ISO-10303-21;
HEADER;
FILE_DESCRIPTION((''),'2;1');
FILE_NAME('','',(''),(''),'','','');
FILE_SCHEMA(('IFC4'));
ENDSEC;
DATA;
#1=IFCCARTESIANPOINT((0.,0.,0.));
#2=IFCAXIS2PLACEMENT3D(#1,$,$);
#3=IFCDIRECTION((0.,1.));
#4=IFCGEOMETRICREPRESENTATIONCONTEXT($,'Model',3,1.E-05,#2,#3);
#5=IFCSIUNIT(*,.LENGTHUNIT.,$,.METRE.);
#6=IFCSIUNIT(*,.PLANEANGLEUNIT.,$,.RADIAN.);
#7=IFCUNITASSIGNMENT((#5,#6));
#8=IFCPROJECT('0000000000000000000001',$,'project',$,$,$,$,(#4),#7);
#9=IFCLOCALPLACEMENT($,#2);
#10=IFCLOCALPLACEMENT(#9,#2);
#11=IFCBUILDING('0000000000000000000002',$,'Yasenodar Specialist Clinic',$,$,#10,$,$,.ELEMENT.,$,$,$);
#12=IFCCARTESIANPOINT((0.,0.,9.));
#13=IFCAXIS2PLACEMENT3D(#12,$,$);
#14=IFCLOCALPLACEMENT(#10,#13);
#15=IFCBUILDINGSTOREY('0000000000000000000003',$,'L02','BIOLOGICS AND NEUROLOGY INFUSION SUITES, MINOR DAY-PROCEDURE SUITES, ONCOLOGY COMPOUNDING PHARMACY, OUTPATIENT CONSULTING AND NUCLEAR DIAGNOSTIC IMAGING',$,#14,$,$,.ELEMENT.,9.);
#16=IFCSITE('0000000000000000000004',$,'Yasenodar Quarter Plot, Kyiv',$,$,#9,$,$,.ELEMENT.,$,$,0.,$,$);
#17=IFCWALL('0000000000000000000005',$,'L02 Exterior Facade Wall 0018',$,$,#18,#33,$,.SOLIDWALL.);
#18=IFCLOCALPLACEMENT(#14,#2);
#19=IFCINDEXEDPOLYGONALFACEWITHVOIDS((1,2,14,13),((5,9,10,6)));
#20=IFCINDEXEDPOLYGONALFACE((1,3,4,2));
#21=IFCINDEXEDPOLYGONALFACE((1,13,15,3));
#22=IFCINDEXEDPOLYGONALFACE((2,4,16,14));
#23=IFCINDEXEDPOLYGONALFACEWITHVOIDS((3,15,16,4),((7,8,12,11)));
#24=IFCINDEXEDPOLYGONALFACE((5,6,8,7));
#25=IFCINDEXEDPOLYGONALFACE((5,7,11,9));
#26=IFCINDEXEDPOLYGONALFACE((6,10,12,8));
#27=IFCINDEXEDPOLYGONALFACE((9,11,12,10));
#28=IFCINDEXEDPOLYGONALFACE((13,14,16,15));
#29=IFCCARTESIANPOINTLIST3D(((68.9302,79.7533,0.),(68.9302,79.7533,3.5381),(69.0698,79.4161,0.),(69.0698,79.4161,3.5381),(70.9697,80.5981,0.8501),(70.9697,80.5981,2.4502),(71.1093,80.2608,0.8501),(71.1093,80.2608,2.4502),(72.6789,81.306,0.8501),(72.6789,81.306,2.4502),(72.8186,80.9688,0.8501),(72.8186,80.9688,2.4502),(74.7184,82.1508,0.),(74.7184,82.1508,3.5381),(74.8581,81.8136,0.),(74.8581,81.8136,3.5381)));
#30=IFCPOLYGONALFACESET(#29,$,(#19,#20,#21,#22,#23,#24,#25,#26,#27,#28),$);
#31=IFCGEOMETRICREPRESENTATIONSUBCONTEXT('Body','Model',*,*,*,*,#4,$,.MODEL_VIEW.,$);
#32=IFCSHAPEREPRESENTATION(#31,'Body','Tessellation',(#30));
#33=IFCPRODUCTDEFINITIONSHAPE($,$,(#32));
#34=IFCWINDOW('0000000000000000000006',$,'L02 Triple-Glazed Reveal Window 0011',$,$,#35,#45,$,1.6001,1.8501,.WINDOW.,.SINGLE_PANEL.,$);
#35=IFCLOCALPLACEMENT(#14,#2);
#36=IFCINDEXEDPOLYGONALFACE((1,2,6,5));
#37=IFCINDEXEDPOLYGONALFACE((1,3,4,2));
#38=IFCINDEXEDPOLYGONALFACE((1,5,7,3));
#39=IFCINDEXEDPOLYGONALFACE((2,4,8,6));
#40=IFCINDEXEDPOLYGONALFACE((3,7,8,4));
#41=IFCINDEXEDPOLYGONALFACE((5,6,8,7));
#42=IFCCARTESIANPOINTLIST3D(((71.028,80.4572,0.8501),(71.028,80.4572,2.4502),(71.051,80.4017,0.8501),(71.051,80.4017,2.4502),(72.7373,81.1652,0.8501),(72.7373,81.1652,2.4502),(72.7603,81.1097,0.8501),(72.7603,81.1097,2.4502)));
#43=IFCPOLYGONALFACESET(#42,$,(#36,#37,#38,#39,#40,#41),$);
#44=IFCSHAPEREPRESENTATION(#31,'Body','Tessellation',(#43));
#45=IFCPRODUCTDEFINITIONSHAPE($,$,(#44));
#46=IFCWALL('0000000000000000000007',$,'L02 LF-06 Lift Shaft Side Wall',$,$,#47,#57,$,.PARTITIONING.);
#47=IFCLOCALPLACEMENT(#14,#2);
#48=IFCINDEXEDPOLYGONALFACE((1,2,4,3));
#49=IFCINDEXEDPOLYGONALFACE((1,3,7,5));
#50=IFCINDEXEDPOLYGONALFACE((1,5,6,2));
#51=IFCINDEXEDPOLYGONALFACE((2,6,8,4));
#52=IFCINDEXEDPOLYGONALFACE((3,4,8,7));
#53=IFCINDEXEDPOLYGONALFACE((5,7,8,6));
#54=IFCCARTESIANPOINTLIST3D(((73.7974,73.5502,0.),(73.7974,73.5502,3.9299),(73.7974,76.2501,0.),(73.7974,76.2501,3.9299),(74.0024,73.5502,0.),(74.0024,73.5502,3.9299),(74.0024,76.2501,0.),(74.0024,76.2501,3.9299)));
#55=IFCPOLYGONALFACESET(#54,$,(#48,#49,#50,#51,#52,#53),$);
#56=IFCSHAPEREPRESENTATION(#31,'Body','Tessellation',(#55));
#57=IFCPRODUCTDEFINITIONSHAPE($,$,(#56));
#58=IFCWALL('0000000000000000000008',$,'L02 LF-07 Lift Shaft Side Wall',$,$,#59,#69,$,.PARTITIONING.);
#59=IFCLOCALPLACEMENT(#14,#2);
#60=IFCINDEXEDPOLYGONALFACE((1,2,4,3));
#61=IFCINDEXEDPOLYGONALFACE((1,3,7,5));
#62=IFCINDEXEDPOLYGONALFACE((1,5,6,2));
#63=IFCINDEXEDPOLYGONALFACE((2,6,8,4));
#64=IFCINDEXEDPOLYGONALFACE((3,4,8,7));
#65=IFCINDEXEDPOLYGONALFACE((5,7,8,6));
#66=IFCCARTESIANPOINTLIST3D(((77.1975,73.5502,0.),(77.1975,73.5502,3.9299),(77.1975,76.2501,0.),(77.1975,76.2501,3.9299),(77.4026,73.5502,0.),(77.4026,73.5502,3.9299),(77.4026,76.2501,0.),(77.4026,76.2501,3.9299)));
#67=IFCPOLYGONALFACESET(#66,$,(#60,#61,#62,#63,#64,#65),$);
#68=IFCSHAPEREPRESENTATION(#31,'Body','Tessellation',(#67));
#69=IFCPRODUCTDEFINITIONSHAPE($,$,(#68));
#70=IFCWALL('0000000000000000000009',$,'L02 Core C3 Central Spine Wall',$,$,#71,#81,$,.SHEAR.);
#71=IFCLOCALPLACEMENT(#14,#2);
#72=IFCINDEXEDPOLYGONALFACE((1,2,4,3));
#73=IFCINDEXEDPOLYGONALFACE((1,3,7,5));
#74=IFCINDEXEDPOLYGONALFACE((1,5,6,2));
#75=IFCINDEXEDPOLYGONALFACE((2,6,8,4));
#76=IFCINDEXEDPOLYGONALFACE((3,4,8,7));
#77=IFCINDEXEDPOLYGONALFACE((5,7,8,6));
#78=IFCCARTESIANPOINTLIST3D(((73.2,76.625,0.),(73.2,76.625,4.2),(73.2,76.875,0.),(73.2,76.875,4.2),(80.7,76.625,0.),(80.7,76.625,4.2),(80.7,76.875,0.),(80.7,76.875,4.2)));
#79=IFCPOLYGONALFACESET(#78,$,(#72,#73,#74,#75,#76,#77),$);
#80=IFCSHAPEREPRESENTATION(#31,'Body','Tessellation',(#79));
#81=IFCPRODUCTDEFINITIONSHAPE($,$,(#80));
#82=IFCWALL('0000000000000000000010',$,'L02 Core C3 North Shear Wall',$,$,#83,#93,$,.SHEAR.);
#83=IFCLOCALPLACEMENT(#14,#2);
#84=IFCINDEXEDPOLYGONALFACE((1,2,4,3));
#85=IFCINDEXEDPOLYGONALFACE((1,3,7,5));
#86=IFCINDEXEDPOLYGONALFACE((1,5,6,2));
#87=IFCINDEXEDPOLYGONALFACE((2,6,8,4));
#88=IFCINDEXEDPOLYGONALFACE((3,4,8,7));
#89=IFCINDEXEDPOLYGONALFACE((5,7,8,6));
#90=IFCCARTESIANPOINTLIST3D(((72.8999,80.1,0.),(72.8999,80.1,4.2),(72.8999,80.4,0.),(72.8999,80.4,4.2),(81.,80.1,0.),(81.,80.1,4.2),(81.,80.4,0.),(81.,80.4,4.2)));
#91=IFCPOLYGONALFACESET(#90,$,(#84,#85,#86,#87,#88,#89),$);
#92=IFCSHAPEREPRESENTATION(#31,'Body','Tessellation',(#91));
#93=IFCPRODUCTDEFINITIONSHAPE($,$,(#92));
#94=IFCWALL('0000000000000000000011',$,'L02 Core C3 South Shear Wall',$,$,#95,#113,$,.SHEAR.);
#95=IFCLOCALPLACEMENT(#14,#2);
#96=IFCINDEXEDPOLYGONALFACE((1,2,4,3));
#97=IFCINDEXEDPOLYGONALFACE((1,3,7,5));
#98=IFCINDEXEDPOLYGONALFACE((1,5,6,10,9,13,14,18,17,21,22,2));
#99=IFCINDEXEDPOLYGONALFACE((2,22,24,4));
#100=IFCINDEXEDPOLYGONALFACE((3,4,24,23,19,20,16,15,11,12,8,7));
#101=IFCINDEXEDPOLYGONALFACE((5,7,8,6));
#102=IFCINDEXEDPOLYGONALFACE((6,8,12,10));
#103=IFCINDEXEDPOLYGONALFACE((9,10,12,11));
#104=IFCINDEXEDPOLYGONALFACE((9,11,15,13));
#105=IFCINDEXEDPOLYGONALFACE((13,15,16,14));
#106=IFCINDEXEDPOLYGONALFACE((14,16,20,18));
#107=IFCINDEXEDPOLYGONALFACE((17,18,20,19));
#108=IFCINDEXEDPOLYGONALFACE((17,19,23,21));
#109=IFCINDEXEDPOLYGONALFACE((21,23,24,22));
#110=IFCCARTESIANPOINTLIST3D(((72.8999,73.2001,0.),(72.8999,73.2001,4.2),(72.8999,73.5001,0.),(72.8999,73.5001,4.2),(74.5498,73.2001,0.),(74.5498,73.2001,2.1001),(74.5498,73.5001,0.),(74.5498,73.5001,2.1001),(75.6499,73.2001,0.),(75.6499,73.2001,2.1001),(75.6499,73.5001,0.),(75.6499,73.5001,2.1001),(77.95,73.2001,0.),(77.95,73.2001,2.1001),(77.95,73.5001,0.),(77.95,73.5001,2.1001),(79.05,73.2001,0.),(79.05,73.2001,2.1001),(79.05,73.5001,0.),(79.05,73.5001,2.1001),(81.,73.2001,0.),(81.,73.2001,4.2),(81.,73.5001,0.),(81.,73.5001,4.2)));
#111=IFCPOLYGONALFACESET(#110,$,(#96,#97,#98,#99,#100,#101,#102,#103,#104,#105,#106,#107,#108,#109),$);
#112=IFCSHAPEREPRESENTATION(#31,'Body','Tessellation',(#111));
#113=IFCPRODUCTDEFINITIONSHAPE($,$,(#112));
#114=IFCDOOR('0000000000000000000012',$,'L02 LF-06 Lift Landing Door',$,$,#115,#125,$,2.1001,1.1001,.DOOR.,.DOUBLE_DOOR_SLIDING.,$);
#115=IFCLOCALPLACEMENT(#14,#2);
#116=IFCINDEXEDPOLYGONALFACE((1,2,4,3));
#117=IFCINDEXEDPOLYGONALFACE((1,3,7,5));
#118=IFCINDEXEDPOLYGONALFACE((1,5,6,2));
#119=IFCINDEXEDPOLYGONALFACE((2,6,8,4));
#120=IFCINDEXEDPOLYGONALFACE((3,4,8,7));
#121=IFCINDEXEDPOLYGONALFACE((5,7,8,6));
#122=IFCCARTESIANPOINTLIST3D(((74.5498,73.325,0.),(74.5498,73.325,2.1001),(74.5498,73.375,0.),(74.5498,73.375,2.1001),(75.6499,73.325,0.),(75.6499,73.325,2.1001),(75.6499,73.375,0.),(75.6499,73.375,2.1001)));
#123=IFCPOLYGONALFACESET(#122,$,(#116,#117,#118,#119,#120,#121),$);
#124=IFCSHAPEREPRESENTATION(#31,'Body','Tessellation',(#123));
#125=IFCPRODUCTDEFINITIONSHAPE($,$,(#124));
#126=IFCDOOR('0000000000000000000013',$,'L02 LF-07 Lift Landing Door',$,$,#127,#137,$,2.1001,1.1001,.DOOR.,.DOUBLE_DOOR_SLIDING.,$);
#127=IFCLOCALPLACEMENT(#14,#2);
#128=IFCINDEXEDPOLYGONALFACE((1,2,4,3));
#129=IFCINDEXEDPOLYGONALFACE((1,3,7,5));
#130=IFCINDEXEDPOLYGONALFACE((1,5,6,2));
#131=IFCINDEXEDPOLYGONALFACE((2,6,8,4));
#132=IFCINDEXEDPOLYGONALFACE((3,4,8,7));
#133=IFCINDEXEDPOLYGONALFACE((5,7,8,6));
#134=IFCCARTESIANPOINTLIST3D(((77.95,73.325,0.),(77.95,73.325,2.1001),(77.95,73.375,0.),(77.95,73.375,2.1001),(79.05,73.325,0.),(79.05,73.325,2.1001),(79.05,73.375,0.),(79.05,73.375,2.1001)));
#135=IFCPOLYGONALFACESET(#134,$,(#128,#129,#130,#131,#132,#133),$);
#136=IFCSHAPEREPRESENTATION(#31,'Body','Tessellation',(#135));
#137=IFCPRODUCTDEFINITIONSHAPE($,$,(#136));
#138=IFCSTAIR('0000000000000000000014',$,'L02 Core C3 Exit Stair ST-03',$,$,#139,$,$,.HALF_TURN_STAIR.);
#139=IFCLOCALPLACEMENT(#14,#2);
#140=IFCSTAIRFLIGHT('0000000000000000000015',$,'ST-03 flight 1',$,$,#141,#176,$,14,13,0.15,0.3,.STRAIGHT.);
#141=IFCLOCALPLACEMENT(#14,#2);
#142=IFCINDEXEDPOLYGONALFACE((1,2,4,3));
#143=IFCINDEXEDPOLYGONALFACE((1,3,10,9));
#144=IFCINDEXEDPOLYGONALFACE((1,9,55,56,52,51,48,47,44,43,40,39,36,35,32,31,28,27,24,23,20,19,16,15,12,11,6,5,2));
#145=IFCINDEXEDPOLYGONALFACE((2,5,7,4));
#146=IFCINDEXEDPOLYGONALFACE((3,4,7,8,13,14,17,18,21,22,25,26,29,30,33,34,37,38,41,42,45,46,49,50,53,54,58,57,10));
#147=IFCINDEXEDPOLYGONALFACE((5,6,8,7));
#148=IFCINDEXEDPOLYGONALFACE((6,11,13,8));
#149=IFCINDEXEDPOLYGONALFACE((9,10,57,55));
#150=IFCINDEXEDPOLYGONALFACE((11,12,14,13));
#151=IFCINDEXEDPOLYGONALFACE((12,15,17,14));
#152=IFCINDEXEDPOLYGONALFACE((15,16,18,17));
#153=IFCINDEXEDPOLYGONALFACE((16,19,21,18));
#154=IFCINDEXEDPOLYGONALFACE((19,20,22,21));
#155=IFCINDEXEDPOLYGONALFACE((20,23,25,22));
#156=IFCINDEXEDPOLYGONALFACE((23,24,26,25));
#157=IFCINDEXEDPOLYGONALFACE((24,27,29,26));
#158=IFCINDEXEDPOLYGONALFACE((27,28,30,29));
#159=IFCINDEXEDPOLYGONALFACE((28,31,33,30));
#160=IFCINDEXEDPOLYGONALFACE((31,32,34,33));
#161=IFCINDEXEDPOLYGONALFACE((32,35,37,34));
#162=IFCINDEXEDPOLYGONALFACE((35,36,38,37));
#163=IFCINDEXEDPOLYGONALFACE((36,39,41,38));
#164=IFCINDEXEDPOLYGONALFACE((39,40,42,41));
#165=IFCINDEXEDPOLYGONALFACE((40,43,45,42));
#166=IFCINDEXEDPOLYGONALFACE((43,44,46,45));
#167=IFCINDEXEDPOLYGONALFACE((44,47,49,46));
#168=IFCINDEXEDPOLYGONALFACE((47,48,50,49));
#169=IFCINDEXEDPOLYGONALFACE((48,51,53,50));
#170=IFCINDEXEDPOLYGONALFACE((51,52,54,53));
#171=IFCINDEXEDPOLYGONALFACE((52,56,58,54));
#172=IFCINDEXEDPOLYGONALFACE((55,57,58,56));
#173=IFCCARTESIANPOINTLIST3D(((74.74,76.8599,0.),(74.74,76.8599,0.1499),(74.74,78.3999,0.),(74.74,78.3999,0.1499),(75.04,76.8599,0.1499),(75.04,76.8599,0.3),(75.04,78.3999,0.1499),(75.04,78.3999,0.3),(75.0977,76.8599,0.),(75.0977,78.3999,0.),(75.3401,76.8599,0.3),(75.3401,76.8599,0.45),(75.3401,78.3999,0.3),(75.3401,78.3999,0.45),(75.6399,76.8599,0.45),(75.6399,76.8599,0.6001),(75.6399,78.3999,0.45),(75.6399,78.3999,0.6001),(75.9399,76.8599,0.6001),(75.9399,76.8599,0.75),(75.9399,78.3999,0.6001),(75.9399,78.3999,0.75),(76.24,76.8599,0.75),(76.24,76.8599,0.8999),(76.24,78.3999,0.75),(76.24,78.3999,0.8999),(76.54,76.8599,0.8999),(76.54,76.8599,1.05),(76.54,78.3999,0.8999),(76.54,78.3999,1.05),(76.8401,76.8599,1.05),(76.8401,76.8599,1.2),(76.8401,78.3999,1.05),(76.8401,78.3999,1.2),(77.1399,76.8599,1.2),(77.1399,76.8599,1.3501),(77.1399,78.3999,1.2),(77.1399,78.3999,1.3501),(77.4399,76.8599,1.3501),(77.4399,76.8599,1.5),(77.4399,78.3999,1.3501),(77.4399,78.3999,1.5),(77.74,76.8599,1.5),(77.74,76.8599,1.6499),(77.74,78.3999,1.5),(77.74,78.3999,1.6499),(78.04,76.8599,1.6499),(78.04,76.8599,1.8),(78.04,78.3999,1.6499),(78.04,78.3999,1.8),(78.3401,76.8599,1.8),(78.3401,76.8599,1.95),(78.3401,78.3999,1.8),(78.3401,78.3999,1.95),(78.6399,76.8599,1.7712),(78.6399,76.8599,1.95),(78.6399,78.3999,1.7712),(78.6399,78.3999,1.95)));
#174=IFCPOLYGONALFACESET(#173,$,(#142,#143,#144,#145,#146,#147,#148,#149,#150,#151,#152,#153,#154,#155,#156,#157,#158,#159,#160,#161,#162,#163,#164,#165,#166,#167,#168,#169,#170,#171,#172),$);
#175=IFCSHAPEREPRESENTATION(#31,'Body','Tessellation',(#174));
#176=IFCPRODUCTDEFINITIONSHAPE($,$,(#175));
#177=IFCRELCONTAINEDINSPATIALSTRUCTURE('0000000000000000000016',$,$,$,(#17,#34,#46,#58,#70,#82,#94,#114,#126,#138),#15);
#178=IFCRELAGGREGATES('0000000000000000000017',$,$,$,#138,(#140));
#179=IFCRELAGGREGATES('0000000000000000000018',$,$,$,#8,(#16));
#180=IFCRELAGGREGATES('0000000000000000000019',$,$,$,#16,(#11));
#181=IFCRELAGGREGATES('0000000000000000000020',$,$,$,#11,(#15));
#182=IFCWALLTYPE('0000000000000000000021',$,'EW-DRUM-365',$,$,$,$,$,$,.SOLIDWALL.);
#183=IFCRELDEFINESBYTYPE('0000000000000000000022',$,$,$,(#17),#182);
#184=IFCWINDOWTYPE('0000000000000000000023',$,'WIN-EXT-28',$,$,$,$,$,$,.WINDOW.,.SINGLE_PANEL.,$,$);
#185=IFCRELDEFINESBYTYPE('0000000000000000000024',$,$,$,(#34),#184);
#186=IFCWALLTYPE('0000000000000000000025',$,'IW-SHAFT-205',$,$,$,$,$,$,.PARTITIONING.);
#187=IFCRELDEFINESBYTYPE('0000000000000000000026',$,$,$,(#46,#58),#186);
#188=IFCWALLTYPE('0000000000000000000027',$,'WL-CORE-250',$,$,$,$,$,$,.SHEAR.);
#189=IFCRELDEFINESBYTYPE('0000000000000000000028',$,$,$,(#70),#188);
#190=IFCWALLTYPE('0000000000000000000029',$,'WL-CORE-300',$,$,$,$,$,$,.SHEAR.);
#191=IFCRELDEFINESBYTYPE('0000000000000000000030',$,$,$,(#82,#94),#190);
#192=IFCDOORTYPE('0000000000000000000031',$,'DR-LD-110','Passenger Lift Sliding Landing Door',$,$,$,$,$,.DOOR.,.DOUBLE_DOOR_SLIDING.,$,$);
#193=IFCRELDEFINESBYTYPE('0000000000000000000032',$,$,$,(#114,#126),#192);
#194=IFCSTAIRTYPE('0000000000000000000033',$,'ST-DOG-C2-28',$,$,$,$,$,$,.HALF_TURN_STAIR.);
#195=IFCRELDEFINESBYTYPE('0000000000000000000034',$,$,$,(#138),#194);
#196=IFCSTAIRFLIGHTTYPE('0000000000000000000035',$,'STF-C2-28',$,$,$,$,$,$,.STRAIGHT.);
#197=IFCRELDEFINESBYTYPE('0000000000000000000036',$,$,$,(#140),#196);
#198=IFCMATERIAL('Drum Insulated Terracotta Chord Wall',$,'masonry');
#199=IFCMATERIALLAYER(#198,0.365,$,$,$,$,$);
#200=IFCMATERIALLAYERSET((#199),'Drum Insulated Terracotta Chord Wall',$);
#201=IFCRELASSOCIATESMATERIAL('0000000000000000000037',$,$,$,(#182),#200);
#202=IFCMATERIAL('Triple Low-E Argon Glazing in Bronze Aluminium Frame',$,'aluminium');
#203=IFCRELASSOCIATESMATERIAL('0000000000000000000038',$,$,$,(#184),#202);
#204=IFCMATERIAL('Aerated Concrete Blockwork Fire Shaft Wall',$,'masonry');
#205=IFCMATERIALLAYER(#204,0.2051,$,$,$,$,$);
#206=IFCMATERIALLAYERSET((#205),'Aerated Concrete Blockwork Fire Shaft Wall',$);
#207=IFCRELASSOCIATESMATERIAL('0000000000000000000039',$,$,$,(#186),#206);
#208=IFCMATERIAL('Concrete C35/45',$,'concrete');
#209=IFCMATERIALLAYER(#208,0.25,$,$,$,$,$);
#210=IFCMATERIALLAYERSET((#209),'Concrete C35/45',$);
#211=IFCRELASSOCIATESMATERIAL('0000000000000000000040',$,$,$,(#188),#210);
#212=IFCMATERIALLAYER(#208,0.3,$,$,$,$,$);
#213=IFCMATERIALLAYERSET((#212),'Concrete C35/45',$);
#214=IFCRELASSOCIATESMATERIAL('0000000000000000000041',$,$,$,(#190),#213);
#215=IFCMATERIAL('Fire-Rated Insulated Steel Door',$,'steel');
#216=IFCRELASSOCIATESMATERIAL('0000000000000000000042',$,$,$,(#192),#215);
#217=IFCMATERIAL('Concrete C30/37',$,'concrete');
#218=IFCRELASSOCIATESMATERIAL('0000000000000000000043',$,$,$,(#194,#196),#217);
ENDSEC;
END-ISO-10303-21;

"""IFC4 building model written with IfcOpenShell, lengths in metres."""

from ifc_helpers import new_model, si_unit, direction, frame, frame_2d, origin, place, context, subcontext, project, spatial, polyline, rectangle, outline, extrude, material, layer, layer_set, type_object, element, fill, aggregate, save


model = new_model("IFC4")

# Units and contexts
model_context = context("Model", 3, precision=1e-05, world=origin(), true_north=direction((0.0, 1.0)))
body_context = subcontext(model_context, "Body", "Model", "MODEL_VIEW")
ifc_project = project(units=[si_unit("LENGTHUNIT", "METRE"), si_unit("PLANEANGLEUNIT", "RADIAN")], contexts=[model_context])

# Site, building, storey
site_placement = place(None, origin())
site = spatial("IfcSite", under=ifc_project, at=site_placement, Name="Yasenodar Quarter Plot, Kyiv", CompositionType="ELEMENT", RefElevation=0.0)
building_placement = place(site_placement, origin())
building = spatial("IfcBuilding", under=site, at=building_placement, Name="Yasenodar Specialist Clinic", CompositionType="ELEMENT")
storey_placement = place(building_placement, frame((0.0, 0.0, 9.0)))
storey = spatial("IfcBuildingStorey", under=building, at=storey_placement, Name="L02", Description="BIOLOGICS AND NEUROLOGY INFUSION SUITES, MINOR DAY-PROCEDURE SUITES, ONCOLOGY COMPOUNDING PHARMACY, OUTPATIENT CONSULTING AND NUCLEAR DIAGNOSTIC IMAGING", CompositionType="ELEMENT", Elevation=9.0)

# Wall, opening, window
ifc_material_1 = material(Name="Drum Insulated Terracotta Chord Wall", Category="masonry")
ifc_layer_1 = layer(ifc_material_1, 0.365)
ifc_layer_set_1 = layer_set([ifc_layer_1], Name="Drum Insulated Terracotta Chord Wall")
wall_type_1 = type_object("IfcWallType", Name="EW-DRUM-365", PredefinedType="SOLIDWALL", material=ifc_layer_set_1)
wall_1_placement = place(storey_placement, frame((69.0, 79.5847, 0.0), z_axis=(0.0, 0.0, 1.0), x_axis=(0.923888, 0.382664, 0.0)))
wall_1 = element("IfcWall", 1, at=wall_1_placement, inside=storey, type_object=wall_type_1, Name="L02 Exterior Facade Wall 0018", PredefinedType="SOLIDWALL", context=body_context, shape_type="SweptSolid", body=[
    extrude(rectangle(XDim=6.2651, YDim=0.365, at=frame_2d((3.1326, 0.0))), origin(), (0.0, 0.0, 1.0), 3.5381),
])
opening_1_placement = place(wall_1_placement, frame((2.2075, 0.0, 0.8501)))
opening_1 = element("IfcOpeningElement", 2, at=opening_1_placement, cuts=wall_1, PredefinedType="OPENING", context=body_context, shape_type="SweptSolid", body=[
    extrude(rectangle(XDim=1.8501, YDim=1.6001, at=frame_2d((0.925, 0.8))), frame((0.0, 0.1924, 0.0), z_axis=(0.0, -1.0, 0.0), x_axis=(1.0, 0.0, 0.0)), (0.0, 0.0, 1.0), 0.385),
])
ifc_material_2 = material(Name="Triple Low-E Argon Glazing in Bronze Aluminium Frame", Category="aluminium")
window_type = type_object("IfcWindowType", Name="WIN-EXT-28", PartitioningType="SINGLE_PANEL", PredefinedType="WINDOW", material=ifc_material_2)
window_placement = place(opening_1_placement, origin())
window = element("IfcWindow", 3, at=window_placement, inside=storey, type_object=window_type, Name="L02 Triple-Glazed Reveal Window 0011", OverallHeight=1.6001, OverallWidth=1.8501, PartitioningType="SINGLE_PANEL", PredefinedType="WINDOW", context=body_context, shape_type="SweptSolid", body=[
    extrude(rectangle(XDim=1.8501, YDim=1.6001, at=frame_2d((0.925, 0.8))), frame((0.0, 0.03, 0.0), z_axis=(0.0, -1.0, 0.0), x_axis=(1.0, 0.0, 0.0)), (0.0, 0.0, 1.0), 0.0601),
])
fill(opening_1, window)

# Walls
ifc_material_3 = material(Name="Aerated Concrete Blockwork Fire Shaft Wall", Category="masonry")
ifc_layer_2 = layer(ifc_material_3, 0.2051)
ifc_layer_set_2 = layer_set([ifc_layer_2], Name="Aerated Concrete Blockwork Fire Shaft Wall")
wall_type_2 = type_object("IfcWallType", Name="IW-SHAFT-205", PredefinedType="PARTITIONING", material=ifc_layer_set_2)
for number, where, z_axis, x_axis, name in (
    (4, (73.8999, 73.55, 0.0), (0.0, 0.0, 1.0), (0.0, 1.0, 0.0), "L02 LF-06 Lift Shaft Side Wall"),
    (5, (77.3, 73.55, 0.0), (0.0, 0.0, 1.0), (0.0, 1.0, 0.0), "L02 LF-07 Lift Shaft Side Wall"),
):
    element("IfcWall", number, at=place(storey_placement, frame(where, z_axis=z_axis, x_axis=x_axis)), inside=storey, type_object=wall_type_2, Name=name, PredefinedType="PARTITIONING", context=body_context, shape_type="SweptSolid", body=[
        extrude(rectangle(XDim=2.7, YDim=0.2051, at=frame_2d((1.3501, 0.0))), origin(), (0.0, 0.0, 1.0), 3.9299),
    ])
ifc_material_4 = material(Name="Concrete C35/45", Category="concrete")
ifc_layer_3 = layer(ifc_material_4, 0.25)
ifc_layer_set_3 = layer_set([ifc_layer_3], Name="Concrete C35/45")
wall_type_3 = type_object("IfcWallType", Name="WL-CORE-250", PredefinedType="SHEAR", material=ifc_layer_set_3)
wall_2_placement = place(storey_placement, frame((73.2, 76.75, 0.0), z_axis=(0.0, 0.0, 1.0), x_axis=(1.0, 0.0, 0.0)))
element("IfcWall", 6, at=wall_2_placement, inside=storey, type_object=wall_type_3, Name="L02 Core C3 Central Spine Wall", PredefinedType="SHEAR", context=body_context, shape_type="SweptSolid", body=[
    extrude(rectangle(XDim=7.5, YDim=0.25, at=frame_2d((3.75, 0.0))), origin(), (0.0, 0.0, 1.0), 4.2),
])
ifc_layer_4 = layer(ifc_material_4, 0.3)
ifc_layer_set_4 = layer_set([ifc_layer_4], Name="Concrete C35/45")
wall_type_4 = type_object("IfcWallType", Name="WL-CORE-300", PredefinedType="SHEAR", material=ifc_layer_set_4)
wall_3_placement = place(storey_placement, frame((72.8999, 80.25, 0.0), z_axis=(0.0, 0.0, 1.0), x_axis=(1.0, 0.0, 0.0)))
element("IfcWall", 7, at=wall_3_placement, inside=storey, type_object=wall_type_4, Name="L02 Core C3 North Shear Wall", PredefinedType="SHEAR", context=body_context, shape_type="SweptSolid", body=[
    extrude(rectangle(XDim=8.1001, YDim=0.3, at=frame_2d((4.05, 0.0))), origin(), (0.0, 0.0, 1.0), 4.2),
])

# Wall, openings, doors
wall_4_placement = place(storey_placement, frame((72.8999, 73.3501, 0.0), z_axis=(0.0, 0.0, 1.0), x_axis=(1.0, 0.0, 0.0)))
wall_4 = element("IfcWall", 8, at=wall_4_placement, inside=storey, type_object=wall_type_4, Name="L02 Core C3 South Shear Wall", PredefinedType="SHEAR", context=body_context, shape_type="SweptSolid", body=[
    extrude(rectangle(XDim=8.1001, YDim=0.3, at=frame_2d((4.05, 0.0))), origin(), (0.0, 0.0, 1.0), 4.2),
])
opening_2_placement = place(wall_4_placement, frame((1.6499, 0.0, 0.0)))
opening_2 = element("IfcOpeningElement", 9, at=opening_2_placement, cuts=wall_4, PredefinedType="OPENING", context=body_context, shape_type="SweptSolid", body=[
    extrude(rectangle(XDim=1.1001, YDim=2.1001, at=frame_2d((0.55, 1.05))), frame((0.0, 0.1602, 0.0), z_axis=(0.0, -1.0, 0.0), x_axis=(1.0, 0.0, 0.0)), (0.0, 0.0, 1.0), 0.3201),
])
opening_3_placement = place(wall_4_placement, frame((5.05, 0.0, 0.0)))
opening_3 = element("IfcOpeningElement", 10, at=opening_3_placement, cuts=wall_4, PredefinedType="OPENING", context=body_context, shape_type="SweptSolid", body=[
    extrude(rectangle(XDim=1.1001, YDim=2.1001, at=frame_2d((0.55, 1.05))), frame((0.0, 0.1602, 0.0), z_axis=(0.0, -1.0, 0.0), x_axis=(1.0, 0.0, 0.0)), (0.0, 0.0, 1.0), 0.3201),
])
ifc_material_5 = material(Name="Fire-Rated Insulated Steel Door", Category="steel")
door_type = type_object("IfcDoorType", Name="DR-LD-110", Description="Passenger Lift Sliding Landing Door", OperationType="DOUBLE_DOOR_SLIDING", PredefinedType="DOOR", material=ifc_material_5)
door_1_placement = place(opening_2_placement, origin())
door_1 = element("IfcDoor", 11, at=door_1_placement, inside=storey, type_object=door_type, Name="L02 LF-06 Lift Landing Door", OperationType="DOUBLE_DOOR_SLIDING", OverallHeight=2.1001, OverallWidth=1.1001, PredefinedType="DOOR", context=body_context, shape_type="SweptSolid", body=[
    extrude(rectangle(XDim=1.1001, YDim=2.1001, at=frame_2d((0.55, 1.05))), frame((0.0, 0.0249, 0.0), z_axis=(0.0, -1.0, 0.0), x_axis=(1.0, 0.0, 0.0)), (0.0, 0.0, 1.0), 0.05),
])
fill(opening_2, door_1)
door_2_placement = place(opening_3_placement, origin())
door_2 = element("IfcDoor", 12, at=door_2_placement, inside=storey, type_object=door_type, Name="L02 LF-07 Lift Landing Door", OperationType="DOUBLE_DOOR_SLIDING", OverallHeight=2.1001, OverallWidth=1.1001, PredefinedType="DOOR", context=body_context, shape_type="SweptSolid", body=[
    extrude(rectangle(XDim=1.1001, YDim=2.1001, at=frame_2d((0.55, 1.05))), frame((0.0, 0.0249, 0.0), z_axis=(0.0, -1.0, 0.0), x_axis=(1.0, 0.0, 0.0)), (0.0, 0.0, 1.0), 0.05),
])
fill(opening_3, door_2)

# Stair, stair flight
ifc_material_6 = material(Name="Concrete C30/37", Category="concrete")
stair_type = type_object("IfcStairType", Name="ST-DOG-C2-28", PredefinedType="HALF_TURN_STAIR", material=ifc_material_6)
stair_placement = place(storey_placement, origin())
stair = element("IfcStair", 13, at=stair_placement, inside=storey, type_object=stair_type, Name="L02 Core C3 Exit Stair ST-03", PredefinedType="HALF_TURN_STAIR")
stair_flight_type = type_object("IfcStairFlightType", Name="STF-C2-28", PredefinedType="STRAIGHT", material=ifc_material_6)
stair_flight_placement = place(storey_placement, frame((74.74, 77.6299, 0.0), z_axis=(0.0, 0.0, 1.0), x_axis=(1.0, 0.0, 0.0)))
stair_flight = element("IfcStairFlight", 14, at=stair_flight_placement, type_object=stair_flight_type, Name="ST-03 flight 1", NumberOfRisers=14, NumberOfTreads=13, PredefinedType="STRAIGHT", RiserHeight=0.15, TreadLength=0.3, context=body_context, shape_type="SweptSolid", body=[
    extrude(outline(polyline([(0.0, 0.0), (0.0, 0.1499), (0.3, 0.1499), (0.3, 0.3), (0.6001, 0.3), (0.6001, 0.45), (0.8999, 0.45), (0.8999, 0.6001), (1.2, 0.6001), (1.2, 0.75), (1.5, 0.75), (1.5, 0.8999), (1.8, 0.8999), (1.8, 1.05), (2.1001, 1.05), (2.1001, 1.2), (2.3999, 1.2), (2.3999, 1.3501), (2.7, 1.3501), (2.7, 1.5), (3.0, 1.5), (3.0, 1.6499), (3.3, 1.6499), (3.3, 1.8), (3.6001, 1.8), (3.6001, 1.95), (3.8999, 1.95), (3.8999, 2.1001), (3.8999, 1.7712), (0.3577, 0.0), (0.0, 0.0)])), frame((0.0, 0.77, 0.0), z_axis=(0.0, -1.0, 0.0), x_axis=(1.0, 0.0, 0.0)), (0.0, 0.0, 1.0), 1.54),
])
aggregate(stair, [stair_flight])

save(model, "model.ifc")
